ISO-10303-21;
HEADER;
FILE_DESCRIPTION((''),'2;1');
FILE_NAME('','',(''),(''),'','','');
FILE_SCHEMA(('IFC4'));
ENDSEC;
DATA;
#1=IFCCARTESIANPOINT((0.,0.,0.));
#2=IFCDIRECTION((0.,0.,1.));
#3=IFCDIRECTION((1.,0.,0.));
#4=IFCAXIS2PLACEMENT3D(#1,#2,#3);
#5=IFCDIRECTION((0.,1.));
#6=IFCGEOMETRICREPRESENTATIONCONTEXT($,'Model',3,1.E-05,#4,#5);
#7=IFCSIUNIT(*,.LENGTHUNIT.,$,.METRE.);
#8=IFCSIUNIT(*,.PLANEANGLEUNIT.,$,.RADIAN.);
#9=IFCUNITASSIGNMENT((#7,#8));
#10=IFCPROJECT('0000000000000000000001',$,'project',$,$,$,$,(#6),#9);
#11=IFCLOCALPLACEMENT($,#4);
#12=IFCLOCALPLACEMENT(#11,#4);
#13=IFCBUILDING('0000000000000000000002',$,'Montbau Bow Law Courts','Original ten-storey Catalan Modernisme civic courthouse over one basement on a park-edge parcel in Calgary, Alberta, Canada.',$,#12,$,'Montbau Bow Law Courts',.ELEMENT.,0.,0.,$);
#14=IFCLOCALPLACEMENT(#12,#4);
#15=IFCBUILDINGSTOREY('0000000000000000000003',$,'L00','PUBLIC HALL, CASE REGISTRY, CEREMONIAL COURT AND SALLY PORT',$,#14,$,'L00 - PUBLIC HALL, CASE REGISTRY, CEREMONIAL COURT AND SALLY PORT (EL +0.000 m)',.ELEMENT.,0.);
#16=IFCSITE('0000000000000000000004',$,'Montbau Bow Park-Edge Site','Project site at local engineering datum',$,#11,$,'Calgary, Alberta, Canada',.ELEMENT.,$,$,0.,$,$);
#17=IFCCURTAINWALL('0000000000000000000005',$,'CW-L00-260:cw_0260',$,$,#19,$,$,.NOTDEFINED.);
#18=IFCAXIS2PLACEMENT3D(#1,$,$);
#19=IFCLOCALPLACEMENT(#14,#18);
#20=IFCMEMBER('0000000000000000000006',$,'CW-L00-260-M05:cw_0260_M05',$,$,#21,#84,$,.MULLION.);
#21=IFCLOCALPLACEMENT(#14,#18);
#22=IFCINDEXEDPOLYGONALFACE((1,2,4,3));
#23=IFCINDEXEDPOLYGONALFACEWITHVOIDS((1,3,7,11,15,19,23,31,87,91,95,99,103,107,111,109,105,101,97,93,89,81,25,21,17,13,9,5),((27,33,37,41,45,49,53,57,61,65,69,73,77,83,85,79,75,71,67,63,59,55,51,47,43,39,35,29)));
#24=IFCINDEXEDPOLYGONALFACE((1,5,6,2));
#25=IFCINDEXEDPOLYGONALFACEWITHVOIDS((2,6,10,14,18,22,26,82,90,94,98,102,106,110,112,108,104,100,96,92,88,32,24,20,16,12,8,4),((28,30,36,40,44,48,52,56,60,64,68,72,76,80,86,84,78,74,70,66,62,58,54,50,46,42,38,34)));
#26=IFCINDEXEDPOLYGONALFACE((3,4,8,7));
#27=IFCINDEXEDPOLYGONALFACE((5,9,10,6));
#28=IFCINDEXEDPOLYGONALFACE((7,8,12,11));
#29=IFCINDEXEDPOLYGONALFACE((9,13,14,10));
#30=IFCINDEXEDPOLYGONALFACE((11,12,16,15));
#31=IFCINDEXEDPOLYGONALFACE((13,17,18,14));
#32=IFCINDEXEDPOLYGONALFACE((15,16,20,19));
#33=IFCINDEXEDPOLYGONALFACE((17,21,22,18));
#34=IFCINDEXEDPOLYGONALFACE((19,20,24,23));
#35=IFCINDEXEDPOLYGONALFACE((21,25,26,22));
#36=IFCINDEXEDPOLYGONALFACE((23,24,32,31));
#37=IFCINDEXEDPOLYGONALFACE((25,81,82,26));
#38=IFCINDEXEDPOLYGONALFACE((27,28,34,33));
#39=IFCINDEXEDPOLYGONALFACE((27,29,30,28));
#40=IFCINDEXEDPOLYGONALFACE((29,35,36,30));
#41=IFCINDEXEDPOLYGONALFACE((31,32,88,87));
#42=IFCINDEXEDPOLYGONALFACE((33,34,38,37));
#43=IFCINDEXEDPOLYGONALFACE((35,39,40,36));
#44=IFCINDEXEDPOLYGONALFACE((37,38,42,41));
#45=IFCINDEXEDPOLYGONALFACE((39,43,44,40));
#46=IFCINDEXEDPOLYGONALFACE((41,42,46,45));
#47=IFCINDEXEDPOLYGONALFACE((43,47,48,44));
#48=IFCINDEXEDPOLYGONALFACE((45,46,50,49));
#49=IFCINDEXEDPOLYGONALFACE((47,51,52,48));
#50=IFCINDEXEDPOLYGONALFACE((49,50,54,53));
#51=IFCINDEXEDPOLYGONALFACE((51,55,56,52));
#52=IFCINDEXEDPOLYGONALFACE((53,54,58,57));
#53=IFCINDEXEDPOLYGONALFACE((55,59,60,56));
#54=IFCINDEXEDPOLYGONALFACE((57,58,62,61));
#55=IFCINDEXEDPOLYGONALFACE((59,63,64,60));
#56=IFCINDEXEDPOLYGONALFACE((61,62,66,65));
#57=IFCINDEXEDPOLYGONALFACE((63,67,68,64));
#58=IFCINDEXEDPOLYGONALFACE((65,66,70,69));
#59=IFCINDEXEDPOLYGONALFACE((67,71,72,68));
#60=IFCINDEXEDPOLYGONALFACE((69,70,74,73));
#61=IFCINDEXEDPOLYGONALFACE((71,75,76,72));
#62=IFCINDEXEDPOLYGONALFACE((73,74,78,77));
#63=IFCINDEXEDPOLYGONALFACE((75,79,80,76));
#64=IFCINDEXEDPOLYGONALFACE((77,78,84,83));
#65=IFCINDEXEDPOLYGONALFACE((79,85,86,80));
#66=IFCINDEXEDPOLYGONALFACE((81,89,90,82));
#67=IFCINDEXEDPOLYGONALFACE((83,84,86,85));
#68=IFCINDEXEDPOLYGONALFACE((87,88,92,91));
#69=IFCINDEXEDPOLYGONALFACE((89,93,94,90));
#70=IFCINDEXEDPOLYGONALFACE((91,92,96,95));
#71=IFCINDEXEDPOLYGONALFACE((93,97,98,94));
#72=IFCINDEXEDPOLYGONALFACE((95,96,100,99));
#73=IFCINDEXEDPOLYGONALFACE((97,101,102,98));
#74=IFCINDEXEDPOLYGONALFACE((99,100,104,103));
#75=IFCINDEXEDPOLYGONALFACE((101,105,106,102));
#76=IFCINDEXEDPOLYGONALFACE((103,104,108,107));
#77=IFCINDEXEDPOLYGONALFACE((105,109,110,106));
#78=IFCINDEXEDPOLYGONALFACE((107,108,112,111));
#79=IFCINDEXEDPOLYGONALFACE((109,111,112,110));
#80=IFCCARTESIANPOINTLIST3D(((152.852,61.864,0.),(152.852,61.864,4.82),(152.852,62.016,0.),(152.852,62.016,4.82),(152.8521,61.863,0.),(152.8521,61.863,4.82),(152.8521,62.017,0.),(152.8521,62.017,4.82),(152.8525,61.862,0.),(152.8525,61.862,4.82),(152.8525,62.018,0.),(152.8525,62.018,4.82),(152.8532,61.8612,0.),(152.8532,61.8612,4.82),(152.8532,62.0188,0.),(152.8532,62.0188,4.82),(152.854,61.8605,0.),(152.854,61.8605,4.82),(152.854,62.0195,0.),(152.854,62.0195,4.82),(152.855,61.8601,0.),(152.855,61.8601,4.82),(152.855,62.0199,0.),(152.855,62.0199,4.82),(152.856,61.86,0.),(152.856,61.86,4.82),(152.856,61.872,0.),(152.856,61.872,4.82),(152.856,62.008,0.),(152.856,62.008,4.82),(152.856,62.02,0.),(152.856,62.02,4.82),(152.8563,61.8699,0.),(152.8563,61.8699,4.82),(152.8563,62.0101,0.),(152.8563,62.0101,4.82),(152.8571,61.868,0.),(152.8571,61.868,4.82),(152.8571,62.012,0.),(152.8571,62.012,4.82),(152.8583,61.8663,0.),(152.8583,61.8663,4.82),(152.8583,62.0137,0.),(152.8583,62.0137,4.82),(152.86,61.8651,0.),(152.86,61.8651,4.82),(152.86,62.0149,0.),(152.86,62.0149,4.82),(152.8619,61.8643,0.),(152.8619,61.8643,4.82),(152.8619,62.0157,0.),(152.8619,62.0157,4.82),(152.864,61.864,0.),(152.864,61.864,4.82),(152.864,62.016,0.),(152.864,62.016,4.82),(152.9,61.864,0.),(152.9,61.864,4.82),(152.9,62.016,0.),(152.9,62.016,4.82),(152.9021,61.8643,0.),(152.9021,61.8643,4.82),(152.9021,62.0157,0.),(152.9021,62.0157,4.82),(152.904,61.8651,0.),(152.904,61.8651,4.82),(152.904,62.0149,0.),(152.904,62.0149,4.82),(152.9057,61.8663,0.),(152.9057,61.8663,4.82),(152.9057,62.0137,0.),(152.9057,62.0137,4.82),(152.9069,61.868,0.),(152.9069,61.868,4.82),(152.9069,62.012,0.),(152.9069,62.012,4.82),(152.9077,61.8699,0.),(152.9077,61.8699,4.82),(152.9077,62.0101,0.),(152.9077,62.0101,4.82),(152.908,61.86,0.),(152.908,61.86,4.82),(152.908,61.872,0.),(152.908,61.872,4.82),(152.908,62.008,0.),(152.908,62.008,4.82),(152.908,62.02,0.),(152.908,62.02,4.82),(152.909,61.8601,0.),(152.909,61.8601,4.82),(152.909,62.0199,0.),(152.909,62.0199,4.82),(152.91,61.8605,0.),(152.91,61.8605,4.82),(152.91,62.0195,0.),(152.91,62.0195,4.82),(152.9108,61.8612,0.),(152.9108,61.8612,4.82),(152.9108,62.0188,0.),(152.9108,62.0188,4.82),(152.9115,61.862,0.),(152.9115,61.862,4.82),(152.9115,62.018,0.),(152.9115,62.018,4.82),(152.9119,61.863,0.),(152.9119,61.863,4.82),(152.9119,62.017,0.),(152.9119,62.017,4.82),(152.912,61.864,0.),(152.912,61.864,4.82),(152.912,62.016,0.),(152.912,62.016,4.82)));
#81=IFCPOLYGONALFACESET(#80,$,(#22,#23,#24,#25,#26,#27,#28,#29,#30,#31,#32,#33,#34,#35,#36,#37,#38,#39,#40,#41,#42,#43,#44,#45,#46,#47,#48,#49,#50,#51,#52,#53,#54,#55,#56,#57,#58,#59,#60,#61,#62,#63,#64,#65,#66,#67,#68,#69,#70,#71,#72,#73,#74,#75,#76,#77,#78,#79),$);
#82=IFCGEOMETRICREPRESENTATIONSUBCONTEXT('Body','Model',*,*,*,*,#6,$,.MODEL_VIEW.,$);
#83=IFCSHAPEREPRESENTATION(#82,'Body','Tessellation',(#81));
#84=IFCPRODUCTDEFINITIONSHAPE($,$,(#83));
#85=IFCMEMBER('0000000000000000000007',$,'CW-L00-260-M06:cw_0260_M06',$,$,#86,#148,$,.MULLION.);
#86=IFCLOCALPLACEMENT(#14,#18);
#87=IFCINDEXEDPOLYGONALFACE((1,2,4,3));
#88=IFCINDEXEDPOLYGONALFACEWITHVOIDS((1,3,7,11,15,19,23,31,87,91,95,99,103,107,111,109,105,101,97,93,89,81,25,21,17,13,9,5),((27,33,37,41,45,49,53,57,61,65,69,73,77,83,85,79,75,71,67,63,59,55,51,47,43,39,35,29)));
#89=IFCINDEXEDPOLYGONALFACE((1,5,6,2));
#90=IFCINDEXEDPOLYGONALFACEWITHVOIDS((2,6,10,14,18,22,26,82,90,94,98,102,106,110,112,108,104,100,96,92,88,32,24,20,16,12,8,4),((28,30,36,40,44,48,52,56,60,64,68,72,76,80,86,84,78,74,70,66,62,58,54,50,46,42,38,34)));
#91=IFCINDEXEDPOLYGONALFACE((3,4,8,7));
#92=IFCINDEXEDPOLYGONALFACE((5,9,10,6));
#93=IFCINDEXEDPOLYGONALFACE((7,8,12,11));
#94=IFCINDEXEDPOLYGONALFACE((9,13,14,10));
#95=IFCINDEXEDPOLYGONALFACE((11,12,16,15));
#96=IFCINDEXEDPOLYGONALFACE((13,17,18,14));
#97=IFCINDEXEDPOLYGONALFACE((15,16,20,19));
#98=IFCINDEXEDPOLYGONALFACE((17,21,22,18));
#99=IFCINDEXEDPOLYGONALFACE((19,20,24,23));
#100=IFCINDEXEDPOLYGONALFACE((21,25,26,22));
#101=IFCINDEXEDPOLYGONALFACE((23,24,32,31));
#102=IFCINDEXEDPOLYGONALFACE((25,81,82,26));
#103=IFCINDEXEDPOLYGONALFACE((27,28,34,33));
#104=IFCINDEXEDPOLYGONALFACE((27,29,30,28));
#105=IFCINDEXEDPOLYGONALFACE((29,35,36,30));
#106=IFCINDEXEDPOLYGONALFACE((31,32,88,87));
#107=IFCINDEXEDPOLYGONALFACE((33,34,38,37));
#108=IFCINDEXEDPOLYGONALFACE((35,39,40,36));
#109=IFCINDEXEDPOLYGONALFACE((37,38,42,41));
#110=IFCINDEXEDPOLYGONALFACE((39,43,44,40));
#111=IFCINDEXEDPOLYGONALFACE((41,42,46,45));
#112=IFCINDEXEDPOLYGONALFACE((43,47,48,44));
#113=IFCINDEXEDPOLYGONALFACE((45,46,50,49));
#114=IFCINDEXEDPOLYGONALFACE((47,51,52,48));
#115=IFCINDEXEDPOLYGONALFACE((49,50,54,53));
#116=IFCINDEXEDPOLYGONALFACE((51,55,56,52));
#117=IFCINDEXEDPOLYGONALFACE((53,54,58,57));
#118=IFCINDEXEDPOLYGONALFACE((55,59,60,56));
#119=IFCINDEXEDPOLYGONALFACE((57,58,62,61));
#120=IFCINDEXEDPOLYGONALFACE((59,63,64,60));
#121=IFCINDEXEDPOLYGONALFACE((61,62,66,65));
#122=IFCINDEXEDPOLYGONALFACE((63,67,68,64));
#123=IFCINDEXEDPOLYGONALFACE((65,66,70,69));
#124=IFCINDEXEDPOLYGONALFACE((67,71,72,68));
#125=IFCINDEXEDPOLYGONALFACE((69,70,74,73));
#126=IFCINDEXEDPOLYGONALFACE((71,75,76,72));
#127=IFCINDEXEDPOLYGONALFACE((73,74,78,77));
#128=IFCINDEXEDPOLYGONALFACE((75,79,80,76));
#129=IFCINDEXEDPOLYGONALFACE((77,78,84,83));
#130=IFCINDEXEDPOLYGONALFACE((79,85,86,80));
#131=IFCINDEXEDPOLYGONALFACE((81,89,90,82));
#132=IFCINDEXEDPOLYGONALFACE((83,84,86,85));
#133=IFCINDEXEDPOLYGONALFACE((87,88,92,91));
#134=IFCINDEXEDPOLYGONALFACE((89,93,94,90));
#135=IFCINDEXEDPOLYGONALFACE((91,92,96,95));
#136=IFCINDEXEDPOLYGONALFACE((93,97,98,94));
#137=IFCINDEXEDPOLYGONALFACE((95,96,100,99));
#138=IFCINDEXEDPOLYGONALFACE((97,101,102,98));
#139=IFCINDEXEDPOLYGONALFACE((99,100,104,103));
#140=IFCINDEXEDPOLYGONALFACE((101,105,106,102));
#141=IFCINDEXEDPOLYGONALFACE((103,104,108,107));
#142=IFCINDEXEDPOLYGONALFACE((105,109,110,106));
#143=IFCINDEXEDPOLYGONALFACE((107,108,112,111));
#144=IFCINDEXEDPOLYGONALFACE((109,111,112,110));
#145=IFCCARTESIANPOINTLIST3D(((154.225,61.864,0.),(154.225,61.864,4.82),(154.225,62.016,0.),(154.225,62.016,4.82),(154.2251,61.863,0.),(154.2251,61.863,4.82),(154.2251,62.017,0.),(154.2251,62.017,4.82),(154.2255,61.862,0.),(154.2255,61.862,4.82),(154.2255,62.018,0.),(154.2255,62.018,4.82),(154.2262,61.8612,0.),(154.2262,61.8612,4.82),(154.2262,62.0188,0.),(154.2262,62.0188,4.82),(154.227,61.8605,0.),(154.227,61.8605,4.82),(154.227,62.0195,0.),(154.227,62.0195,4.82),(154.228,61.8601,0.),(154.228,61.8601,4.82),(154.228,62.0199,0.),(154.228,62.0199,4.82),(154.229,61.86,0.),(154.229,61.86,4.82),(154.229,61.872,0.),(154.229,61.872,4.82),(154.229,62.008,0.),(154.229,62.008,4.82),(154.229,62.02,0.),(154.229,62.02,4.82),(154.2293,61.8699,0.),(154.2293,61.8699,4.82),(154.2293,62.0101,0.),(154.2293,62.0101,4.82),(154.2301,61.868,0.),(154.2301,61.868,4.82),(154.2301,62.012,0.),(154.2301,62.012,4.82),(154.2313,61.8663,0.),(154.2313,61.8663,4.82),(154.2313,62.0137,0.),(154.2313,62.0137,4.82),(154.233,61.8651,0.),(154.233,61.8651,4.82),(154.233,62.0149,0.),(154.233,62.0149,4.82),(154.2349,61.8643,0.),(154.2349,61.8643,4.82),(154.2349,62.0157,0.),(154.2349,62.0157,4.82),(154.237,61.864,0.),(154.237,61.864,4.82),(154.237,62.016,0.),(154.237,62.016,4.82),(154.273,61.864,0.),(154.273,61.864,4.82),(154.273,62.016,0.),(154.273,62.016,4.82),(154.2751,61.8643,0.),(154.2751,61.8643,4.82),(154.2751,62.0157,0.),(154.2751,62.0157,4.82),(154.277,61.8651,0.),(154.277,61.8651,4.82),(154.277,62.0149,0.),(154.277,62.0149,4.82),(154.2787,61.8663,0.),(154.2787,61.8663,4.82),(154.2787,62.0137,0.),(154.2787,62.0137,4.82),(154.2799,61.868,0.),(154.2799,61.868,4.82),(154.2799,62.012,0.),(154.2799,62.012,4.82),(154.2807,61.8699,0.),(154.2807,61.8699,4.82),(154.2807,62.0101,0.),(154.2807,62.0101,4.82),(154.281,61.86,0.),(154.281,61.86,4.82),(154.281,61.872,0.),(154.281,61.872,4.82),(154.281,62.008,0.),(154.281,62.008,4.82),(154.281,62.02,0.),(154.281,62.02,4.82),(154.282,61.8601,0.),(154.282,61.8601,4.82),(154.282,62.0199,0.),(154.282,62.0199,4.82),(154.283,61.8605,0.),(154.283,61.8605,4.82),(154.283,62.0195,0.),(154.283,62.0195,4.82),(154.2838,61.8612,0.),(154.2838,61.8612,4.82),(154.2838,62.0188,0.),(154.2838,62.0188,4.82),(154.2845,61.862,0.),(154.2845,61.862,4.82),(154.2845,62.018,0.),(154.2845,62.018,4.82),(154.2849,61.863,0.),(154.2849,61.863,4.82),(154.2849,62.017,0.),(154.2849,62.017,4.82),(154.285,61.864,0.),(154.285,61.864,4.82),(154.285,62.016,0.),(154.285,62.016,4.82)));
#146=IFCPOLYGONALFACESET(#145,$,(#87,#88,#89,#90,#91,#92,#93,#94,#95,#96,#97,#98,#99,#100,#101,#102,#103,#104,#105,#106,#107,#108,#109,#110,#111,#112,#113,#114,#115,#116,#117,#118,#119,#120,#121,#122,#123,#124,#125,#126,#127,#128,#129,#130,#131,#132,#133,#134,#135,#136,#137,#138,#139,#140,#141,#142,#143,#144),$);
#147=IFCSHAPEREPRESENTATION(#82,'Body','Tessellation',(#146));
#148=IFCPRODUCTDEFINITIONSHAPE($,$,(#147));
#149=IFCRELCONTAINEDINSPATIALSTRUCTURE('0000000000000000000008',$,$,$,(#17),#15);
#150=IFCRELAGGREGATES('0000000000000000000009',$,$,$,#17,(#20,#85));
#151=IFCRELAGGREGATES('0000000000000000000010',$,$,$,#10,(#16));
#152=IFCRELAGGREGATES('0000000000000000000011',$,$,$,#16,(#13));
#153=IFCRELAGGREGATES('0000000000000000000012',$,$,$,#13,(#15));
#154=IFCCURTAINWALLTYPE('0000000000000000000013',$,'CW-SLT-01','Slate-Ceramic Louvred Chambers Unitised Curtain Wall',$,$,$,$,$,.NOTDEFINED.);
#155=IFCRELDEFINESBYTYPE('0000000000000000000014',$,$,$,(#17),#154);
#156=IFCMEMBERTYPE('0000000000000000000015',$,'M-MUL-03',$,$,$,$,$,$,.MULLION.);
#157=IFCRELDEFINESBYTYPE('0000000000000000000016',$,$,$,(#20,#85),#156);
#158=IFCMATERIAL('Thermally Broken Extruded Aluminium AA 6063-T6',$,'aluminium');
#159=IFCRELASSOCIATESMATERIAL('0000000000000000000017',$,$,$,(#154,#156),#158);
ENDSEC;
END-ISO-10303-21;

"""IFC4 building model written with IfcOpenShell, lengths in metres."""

from ifc_helpers import new_model, si_unit, direction, frame, origin_with_axes, origin_2d_with_axis, place, context, subcontext, project, spatial, hollow_rectangle, extrude, material, material_profile, profile_set, type_object, element, aggregate, save


model = new_model("IFC4")

# Units and contexts
model_context = context("Model", 3, precision=1e-05, world=origin_with_axes(), true_north=direction((0.0, 1.0)))
body_context = subcontext(model_context, "Body", "Model", "MODEL_VIEW")
ifc_project = project(units=[si_unit("LENGTHUNIT", "METRE"), si_unit("PLANEANGLEUNIT", "RADIAN")], contexts=[model_context])

# Site, building, storey
site_placement = place(None, origin_with_axes())
site = spatial("IfcSite", under=ifc_project, at=site_placement, Name="Montbau Bow Park-Edge Site", Description="Project site at local engineering datum", LongName="Calgary, Alberta, Canada", CompositionType="ELEMENT", RefElevation=0.0)
building_placement = place(site_placement, origin_with_axes())
building = spatial("IfcBuilding", under=site, at=building_placement, Name="Montbau Bow Law Courts", Description="Original ten-storey Catalan Modernisme civic courthouse over one basement on a park-edge parcel in Calgary, Alberta, Canada.", LongName="Montbau Bow Law Courts", CompositionType="ELEMENT", ElevationOfRefHeight=0.0, ElevationOfTerrain=0.0)
storey_placement = place(building_placement, origin_with_axes())
storey = spatial("IfcBuildingStorey", under=building, at=storey_placement, Name="L00", Description="PUBLIC HALL, CASE REGISTRY, CEREMONIAL COURT AND SALLY PORT", LongName="L00 - PUBLIC HALL, CASE REGISTRY, CEREMONIAL COURT AND SALLY PORT (EL +0.000 m)", CompositionType="ELEMENT", Elevation=0.0)

# Curtain wall, members
ifc_material_1 = material(Name="Thermally Broken Extruded Aluminium AA 6063-T6", Category="aluminium")
curtain_wall_type = type_object("IfcCurtainWallType", Name="CW-SLT-01", Description="Slate-Ceramic Louvred Chambers Unitised Curtain Wall", PredefinedType="NOTDEFINED", material=ifc_material_1)
curtain_wall_1_placement = place(None, frame((147.268, 61.94, 0.0), z_axis=(0.0, 0.0, 1.0), x_axis=(1.0, 0.0, 0.0)))
curtain_wall_1 = element("IfcCurtainWall", 1, at=curtain_wall_1_placement, inside=storey, type_object=curtain_wall_type, Name="CW-L00-260:cw_0260", PredefinedType="NOTDEFINED")
ifc_material_profile_1 = material_profile(ifc_material_1, hollow_rectangle(XDim=0.06, YDim=0.16, WallThickness=0.004, InnerFilletRadius=0.008, OuterFilletRadius=0.004, at=origin_2d_with_axis()), Name="CWM-160X60", Category="Main", Priority=0)
ifc_profile_set_1 = profile_set([ifc_material_profile_1], Name="Thermally Broken Extruded Aluminium AA 6063-T6")
member_type_1 = type_object("IfcMemberType", Name="M-MUL-03", PredefinedType="MULLION", material=ifc_profile_set_1)
member_1_placement = place(None, frame((152.882, 61.94, 0.0), z_axis=(0.0, 0.0, 1.0), x_axis=(1.0, 0.0, 0.0)))
member_1 = element("IfcMember", 2, at=member_1_placement, type_object=member_type_1, Name="CW-L00-260-M05:cw_0260_M05", PredefinedType="MULLION", context=body_context, shape_type="SweptSolid", body=[
    extrude(hollow_rectangle(XDim=0.06, YDim=0.16, WallThickness=0.004, InnerFilletRadius=0.008, OuterFilletRadius=0.004, at=origin_2d_with_axis()), origin_with_axes(), (0.0, 0.0, 1.0), 4.82),
])
member_2_placement = place(None, frame((154.255, 61.94, 0.0), z_axis=(0.0, 0.0, 1.0), x_axis=(1.0, 0.0, 0.0)))
member_2 = element("IfcMember", 3, at=member_2_placement, type_object=member_type_1, Name="CW-L00-260-M06:cw_0260_M06", PredefinedType="MULLION", context=body_context, shape_type="SweptSolid", body=[
    extrude(hollow_rectangle(XDim=0.06, YDim=0.16, WallThickness=0.004, InnerFilletRadius=0.008, OuterFilletRadius=0.004, at=origin_2d_with_axis()), origin_with_axes(), (0.0, 0.0, 1.0), 4.82),
])

aggregate(curtain_wall_1, [member_1, member_2])

save(model, "model.ifc")
